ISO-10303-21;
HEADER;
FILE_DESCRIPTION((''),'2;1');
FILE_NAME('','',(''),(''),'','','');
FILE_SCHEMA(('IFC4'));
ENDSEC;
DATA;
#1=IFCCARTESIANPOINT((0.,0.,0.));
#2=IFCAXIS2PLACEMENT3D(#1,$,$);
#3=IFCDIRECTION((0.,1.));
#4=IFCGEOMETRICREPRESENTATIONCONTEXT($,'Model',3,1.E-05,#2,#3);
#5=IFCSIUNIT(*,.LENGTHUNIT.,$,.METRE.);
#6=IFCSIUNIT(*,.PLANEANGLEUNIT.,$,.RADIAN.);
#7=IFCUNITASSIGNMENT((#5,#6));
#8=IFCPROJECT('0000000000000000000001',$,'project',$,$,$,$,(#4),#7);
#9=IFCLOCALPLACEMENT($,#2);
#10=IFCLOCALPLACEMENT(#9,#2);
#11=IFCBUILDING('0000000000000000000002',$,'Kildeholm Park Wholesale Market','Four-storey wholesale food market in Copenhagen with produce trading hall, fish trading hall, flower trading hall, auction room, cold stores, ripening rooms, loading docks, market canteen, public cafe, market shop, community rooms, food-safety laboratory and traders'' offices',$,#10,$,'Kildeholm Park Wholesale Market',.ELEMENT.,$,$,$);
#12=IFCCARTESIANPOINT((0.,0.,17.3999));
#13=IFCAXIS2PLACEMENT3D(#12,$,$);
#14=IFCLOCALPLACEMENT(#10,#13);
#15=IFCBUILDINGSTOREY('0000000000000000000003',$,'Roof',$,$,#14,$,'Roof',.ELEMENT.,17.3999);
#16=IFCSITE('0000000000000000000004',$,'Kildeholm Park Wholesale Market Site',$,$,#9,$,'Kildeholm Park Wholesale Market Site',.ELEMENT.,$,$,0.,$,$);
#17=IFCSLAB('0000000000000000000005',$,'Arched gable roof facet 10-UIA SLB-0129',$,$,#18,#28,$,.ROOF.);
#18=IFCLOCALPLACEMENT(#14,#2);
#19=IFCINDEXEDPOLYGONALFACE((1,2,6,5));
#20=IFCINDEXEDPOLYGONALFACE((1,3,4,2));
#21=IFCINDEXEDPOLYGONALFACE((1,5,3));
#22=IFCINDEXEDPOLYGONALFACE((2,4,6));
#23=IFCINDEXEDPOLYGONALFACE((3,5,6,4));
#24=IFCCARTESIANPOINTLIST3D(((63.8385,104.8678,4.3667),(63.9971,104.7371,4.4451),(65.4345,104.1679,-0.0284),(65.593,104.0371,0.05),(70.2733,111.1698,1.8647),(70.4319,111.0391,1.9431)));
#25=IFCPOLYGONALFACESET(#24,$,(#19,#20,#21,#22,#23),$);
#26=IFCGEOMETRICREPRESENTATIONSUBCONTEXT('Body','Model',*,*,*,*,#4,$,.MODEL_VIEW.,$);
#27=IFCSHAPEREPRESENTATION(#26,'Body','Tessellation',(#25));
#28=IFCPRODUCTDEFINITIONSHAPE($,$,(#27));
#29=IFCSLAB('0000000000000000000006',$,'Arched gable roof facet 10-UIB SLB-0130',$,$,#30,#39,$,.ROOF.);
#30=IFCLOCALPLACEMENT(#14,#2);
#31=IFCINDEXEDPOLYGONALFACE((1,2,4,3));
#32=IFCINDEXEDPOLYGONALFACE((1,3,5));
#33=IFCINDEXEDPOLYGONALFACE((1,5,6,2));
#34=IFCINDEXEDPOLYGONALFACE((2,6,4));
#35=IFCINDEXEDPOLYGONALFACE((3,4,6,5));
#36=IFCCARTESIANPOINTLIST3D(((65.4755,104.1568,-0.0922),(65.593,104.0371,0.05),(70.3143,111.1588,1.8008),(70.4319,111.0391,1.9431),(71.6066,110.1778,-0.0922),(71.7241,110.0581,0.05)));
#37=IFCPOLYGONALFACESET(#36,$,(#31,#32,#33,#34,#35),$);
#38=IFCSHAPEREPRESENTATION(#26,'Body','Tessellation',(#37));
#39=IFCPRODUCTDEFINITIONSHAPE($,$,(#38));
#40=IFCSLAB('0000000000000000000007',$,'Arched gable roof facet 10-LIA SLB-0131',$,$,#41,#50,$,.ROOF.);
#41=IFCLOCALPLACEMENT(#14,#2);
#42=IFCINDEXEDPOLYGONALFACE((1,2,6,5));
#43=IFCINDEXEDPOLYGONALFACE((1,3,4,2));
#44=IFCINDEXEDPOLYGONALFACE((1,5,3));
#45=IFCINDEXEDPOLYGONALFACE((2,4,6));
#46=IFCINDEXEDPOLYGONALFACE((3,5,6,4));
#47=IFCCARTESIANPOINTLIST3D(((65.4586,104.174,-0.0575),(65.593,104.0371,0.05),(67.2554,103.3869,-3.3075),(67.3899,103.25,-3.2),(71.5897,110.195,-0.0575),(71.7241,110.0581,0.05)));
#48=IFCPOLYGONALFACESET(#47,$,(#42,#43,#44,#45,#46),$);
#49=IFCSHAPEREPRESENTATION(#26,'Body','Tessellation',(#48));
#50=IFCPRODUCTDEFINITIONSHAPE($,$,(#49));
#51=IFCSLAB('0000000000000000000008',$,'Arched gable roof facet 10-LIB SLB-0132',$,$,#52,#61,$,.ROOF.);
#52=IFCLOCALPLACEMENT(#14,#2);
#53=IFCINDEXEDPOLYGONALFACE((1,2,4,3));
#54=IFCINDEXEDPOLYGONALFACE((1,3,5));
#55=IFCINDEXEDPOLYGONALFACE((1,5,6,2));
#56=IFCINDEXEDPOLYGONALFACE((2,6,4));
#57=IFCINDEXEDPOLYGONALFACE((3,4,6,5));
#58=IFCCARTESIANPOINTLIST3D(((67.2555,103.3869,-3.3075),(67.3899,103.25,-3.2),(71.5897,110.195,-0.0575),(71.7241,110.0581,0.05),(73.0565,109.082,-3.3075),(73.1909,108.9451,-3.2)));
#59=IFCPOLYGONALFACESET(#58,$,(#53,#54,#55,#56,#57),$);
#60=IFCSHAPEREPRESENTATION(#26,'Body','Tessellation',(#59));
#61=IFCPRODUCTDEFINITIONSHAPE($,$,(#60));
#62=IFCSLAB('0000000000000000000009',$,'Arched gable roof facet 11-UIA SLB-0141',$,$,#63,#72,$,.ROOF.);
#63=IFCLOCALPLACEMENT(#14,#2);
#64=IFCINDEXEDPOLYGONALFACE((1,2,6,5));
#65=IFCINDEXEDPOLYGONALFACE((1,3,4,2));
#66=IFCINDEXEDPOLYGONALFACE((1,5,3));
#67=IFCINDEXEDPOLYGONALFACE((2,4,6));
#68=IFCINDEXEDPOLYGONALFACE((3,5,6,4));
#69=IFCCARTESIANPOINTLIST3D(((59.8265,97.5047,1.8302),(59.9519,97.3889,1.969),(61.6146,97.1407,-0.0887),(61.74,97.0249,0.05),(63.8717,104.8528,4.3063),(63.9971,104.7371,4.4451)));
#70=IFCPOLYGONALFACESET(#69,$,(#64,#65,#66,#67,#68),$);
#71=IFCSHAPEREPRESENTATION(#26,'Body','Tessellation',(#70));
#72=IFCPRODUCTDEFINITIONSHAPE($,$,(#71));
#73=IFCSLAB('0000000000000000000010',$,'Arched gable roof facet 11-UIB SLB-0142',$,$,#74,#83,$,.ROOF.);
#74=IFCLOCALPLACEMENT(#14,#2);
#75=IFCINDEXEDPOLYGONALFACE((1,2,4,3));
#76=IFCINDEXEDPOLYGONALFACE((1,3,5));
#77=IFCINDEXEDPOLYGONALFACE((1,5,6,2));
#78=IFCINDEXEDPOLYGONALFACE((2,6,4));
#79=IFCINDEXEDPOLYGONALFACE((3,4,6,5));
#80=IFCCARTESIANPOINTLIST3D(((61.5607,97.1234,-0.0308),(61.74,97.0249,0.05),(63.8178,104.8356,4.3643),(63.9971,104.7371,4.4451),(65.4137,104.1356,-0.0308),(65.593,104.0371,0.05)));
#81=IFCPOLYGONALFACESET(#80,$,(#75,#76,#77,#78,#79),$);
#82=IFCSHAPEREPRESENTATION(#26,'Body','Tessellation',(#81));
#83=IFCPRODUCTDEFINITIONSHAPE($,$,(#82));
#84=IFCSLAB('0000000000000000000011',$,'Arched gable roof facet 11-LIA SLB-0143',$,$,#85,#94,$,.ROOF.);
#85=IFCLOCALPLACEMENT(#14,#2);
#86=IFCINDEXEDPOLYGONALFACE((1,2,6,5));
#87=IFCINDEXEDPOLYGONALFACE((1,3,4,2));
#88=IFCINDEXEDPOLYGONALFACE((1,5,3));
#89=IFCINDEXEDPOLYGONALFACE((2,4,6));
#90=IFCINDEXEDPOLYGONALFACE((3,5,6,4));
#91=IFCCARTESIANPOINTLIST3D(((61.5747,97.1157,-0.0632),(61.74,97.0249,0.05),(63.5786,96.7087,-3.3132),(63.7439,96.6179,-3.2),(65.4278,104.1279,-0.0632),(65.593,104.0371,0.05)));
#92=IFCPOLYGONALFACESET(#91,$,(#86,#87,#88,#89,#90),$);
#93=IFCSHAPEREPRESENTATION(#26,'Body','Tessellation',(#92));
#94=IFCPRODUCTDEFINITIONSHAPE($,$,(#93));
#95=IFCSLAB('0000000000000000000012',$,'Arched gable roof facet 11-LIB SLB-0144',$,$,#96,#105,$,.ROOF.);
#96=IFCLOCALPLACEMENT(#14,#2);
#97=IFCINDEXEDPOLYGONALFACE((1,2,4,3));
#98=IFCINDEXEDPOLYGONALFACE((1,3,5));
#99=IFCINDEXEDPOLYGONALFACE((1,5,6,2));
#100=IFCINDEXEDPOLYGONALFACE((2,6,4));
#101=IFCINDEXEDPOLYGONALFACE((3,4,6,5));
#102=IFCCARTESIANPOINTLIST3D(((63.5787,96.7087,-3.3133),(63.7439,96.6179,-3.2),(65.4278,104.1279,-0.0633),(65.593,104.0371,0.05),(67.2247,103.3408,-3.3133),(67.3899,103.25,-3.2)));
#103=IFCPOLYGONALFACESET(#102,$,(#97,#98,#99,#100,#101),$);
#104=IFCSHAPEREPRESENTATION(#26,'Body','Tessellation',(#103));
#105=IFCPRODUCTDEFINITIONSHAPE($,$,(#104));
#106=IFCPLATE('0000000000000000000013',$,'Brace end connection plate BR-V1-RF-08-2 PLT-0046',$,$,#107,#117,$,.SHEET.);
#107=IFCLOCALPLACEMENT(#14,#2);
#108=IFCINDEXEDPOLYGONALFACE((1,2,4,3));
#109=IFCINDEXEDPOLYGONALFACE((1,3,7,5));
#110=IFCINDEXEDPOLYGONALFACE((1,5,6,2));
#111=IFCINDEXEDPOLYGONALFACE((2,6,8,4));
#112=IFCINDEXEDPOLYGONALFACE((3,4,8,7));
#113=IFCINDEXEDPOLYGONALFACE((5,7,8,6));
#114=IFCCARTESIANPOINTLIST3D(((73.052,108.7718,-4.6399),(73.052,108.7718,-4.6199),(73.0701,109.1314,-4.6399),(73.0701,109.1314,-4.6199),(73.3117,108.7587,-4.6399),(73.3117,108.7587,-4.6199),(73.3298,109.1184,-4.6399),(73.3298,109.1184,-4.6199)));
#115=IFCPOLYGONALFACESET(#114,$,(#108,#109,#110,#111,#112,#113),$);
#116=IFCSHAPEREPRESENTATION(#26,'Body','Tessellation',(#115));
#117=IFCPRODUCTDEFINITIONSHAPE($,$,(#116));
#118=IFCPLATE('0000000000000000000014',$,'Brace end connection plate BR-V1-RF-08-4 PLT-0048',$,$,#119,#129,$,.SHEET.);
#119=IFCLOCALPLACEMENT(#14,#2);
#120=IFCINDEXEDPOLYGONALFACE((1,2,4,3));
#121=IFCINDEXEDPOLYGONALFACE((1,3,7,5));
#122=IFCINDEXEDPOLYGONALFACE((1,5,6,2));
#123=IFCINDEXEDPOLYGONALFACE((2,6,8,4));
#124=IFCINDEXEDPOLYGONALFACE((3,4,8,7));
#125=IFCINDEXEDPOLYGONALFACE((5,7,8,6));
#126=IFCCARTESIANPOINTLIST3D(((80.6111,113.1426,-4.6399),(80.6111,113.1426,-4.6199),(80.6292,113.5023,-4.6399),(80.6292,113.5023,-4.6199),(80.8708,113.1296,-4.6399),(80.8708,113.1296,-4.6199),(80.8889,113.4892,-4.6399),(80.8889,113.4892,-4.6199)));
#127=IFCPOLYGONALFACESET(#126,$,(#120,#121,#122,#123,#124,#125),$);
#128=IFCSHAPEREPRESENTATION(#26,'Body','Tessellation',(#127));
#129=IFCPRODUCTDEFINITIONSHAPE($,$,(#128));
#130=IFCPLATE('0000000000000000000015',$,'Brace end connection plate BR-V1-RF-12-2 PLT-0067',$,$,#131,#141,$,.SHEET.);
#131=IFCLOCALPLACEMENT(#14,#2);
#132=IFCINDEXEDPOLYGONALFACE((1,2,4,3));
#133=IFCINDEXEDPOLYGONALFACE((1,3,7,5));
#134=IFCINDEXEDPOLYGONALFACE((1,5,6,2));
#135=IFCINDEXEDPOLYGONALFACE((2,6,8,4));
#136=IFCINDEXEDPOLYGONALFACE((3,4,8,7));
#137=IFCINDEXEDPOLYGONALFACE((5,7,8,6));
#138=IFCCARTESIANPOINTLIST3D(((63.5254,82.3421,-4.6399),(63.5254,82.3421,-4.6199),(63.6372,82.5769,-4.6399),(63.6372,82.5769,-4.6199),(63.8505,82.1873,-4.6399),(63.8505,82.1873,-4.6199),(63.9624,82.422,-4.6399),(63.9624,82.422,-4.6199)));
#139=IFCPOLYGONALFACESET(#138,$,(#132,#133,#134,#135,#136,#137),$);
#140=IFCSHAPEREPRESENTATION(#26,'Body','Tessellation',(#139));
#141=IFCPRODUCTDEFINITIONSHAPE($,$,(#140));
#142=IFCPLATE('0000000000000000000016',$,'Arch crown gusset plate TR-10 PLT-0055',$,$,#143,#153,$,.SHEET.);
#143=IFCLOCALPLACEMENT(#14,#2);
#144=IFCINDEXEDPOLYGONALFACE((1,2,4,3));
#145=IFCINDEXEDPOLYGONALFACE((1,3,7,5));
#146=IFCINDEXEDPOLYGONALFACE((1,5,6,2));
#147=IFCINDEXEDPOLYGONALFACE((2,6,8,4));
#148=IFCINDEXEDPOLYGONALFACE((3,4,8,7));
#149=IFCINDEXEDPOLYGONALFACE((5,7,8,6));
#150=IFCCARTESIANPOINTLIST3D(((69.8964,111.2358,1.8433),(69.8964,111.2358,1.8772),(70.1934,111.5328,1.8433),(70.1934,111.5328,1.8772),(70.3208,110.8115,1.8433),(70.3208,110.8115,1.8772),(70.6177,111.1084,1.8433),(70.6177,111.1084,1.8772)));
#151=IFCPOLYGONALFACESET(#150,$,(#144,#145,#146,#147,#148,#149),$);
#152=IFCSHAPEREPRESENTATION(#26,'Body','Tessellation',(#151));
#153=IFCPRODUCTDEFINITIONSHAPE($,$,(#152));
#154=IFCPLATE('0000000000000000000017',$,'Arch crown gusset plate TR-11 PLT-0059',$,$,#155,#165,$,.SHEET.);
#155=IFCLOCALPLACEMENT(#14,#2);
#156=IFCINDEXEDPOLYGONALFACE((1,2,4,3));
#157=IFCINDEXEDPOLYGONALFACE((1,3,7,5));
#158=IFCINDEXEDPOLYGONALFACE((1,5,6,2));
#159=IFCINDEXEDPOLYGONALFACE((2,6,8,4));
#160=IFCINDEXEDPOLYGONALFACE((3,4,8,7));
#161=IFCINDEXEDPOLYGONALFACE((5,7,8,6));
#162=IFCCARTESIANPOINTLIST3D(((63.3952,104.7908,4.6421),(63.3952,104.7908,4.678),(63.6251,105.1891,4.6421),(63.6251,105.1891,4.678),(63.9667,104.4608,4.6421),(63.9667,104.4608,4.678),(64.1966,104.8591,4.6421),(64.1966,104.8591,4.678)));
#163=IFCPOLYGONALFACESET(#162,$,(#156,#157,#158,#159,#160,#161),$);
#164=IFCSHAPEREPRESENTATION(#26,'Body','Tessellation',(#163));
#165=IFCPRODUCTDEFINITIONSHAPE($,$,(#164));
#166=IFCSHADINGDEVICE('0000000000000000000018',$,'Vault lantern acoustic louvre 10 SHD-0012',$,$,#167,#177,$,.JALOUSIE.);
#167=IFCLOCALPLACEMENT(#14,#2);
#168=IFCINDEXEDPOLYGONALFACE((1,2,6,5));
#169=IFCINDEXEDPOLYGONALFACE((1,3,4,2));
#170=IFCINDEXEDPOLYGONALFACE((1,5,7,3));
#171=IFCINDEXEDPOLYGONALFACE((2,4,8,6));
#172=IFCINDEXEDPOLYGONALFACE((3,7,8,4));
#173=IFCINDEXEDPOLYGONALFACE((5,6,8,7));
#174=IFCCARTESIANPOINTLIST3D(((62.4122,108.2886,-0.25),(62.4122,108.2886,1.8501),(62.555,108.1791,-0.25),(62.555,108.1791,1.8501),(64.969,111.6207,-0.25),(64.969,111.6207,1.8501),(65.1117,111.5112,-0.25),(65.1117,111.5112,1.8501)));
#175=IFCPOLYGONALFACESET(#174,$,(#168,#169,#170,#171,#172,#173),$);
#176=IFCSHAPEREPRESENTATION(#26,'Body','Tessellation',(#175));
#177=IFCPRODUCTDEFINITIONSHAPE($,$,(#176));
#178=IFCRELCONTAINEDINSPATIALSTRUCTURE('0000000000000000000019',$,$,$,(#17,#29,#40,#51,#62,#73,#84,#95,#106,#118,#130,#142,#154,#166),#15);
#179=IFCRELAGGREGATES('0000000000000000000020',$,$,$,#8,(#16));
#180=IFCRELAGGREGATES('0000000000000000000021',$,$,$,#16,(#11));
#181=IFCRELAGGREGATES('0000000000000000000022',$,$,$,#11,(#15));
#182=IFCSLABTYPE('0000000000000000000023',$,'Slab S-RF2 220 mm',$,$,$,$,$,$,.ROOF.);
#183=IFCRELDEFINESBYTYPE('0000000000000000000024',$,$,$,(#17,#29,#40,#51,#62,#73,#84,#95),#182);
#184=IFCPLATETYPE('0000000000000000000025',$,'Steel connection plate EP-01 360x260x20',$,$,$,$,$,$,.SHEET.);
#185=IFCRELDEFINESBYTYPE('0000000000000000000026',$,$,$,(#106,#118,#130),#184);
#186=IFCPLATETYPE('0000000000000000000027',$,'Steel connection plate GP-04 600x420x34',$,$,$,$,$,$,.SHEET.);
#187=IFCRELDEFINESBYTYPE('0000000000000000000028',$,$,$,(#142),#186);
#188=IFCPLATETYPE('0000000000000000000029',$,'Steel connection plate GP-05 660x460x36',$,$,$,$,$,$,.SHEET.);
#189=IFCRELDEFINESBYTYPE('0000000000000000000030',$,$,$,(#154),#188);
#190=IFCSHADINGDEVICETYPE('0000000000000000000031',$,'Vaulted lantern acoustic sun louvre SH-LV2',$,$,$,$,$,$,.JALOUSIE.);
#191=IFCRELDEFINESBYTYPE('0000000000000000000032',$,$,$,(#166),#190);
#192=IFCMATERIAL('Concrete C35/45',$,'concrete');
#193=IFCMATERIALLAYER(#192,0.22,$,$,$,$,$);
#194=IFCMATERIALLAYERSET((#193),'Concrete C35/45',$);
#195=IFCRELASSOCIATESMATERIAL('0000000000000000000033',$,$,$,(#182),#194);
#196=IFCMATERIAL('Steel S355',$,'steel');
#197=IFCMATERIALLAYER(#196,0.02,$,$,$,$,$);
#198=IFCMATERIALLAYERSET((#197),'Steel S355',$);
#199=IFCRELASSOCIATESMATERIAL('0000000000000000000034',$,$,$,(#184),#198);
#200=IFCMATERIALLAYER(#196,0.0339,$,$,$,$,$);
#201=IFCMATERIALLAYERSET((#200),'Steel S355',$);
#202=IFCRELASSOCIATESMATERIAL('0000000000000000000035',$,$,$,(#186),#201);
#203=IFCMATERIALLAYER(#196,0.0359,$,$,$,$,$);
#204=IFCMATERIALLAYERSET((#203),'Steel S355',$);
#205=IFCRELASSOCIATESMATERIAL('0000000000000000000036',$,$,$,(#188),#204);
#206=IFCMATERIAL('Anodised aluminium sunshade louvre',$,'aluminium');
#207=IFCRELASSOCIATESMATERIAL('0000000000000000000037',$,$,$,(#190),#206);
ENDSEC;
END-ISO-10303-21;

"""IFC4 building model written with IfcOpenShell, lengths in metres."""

from ifc_helpers import new_model, si_unit, direction, frame, origin, origin_2d, place, context, subcontext, project, spatial, polyline, rectangle, outline, extrude, material, layer, layer_set, type_object, element, save


model = new_model("IFC4")

# Units and contexts
model_context = context("Model", 3, precision=1e-05, world=origin(), true_north=direction((0.0, 1.0)))
body_context = subcontext(model_context, "Body", "Model", "MODEL_VIEW")
ifc_project = project(units=[si_unit("LENGTHUNIT", "METRE"), si_unit("PLANEANGLEUNIT", "RADIAN")], contexts=[model_context])

# Site, building, storey
site_placement = place(None, origin())
site = spatial("IfcSite", under=ifc_project, at=site_placement, Name="Kildeholm Park Wholesale Market Site", LongName="Kildeholm Park Wholesale Market Site", CompositionType="ELEMENT", RefElevation=0.0)
building_placement = place(site_placement, origin())
building = spatial("IfcBuilding", under=site, at=building_placement, Name="Kildeholm Park Wholesale Market", Description="Four-storey wholesale food market in Copenhagen with produce trading hall, fish trading hall, flower trading hall, auction room, cold stores, ripening rooms, loading docks, market canteen, public cafe, market shop, community rooms, food-safety laboratory and traders' offices", LongName="Kildeholm Park Wholesale Market", CompositionType="ELEMENT")
storey_placement = place(building_placement, frame((0.0, 0.0, 17.3999)))
storey = spatial("IfcBuildingStorey", under=building, at=storey_placement, Name="Roof", LongName="Roof", CompositionType="ELEMENT", Elevation=17.3999)

# Shared definitions
ifc_material_1 = material(Name="Steel S355", Category="steel")

# Slabs
ifc_material_2 = material(Name="Concrete C35/45", Category="concrete")
ifc_layer_1 = layer(ifc_material_2, 0.22)
ifc_layer_set_1 = layer_set([ifc_layer_1], Name="Concrete C35/45")
slab_type = type_object("IfcSlabType", Name="Slab S-RF2 220 mm", PredefinedType="ROOF", material=ifc_layer_set_1)
slab_1_placement = place(storey_placement, frame((70.4319, 111.0391, 1.9431), z_axis=(0.720798, -0.594487, 0.356419), x_axis=(-0.688376, -0.674168, 0.267651)))
element("IfcSlab", 1, at=slab_1_placement, inside=storey, type_object=slab_type, Name="Arched gable roof facet 10-UIA SLB-0129", PredefinedType="ROOF", context=body_context, shape_type="SweptSolid", body=[
    extrude(outline(polyline([(0.0, 0.0), (9.3478, 0.0), (7.5448, 4.3706), (0.0, 0.0)])), origin(), (0.0, 0.0, -1.0), 0.22),
])
slab_2_placement = place(storey_placement, frame((70.4319, 111.0391, 1.9431), z_axis=(0.534395, -0.544167, 0.646765), x_axis=(-0.554962, -0.803043, -0.217113)))
element("IfcSlab", 2, at=slab_2_placement, inside=storey, type_object=slab_type, Name="Arched gable roof facet 10-UIB SLB-0130", PredefinedType="ROOF", context=body_context, shape_type="SweptSolid", body=[
    extrude(outline(polyline([(0.0, 0.0), (8.7193, 0.0), (0.4816, 2.4462), (0.0, 0.0)])), origin(), (0.0, 0.0, -1.0), 0.22),
])
slab_3_placement = place(storey_placement, frame((71.7241, 110.0581, 0.05), z_axis=(0.611291, -0.62247, 0.488728), x_axis=(-0.713484, -0.700671, 0.0)))
element("IfcSlab", 3, at=slab_3_placement, inside=storey, type_object=slab_type, Name="Arched gable roof facet 10-LIA SLB-0131", PredefinedType="ROOF", context=body_context, shape_type="SweptSolid", body=[
    extrude(outline(polyline([(0.0, 0.0), (8.5932, 0.0), (7.8626, 3.7252), (0.0, 0.0)])), origin(), (0.0, 0.0, -1.0), 0.22),
])
slab_4_placement = place(storey_placement, frame((71.7241, 110.0581, 0.05), z_axis=(0.611095, -0.622465, 0.488978), x_axis=(-0.49816, -0.782498, -0.373543)))
element("IfcSlab", 4, at=slab_4_placement, inside=storey, type_object=slab_type, Name="Arched gable roof facet 10-LIB SLB-0132", PredefinedType="ROOF", context=body_context, shape_type="SweptSolid", body=[
    extrude(outline(polyline([(0.0, 0.0), (8.7005, 0.0), (1.3543, 3.4812), (0.0, 0.0)])), origin(), (0.0, 0.0, -1.0), 0.22),
])
slab_5_placement = place(storey_placement, frame((63.9971, 104.7371, 4.4451), z_axis=(0.569958, -0.526368, 0.63094), x_axis=(-0.462525, -0.840188, -0.283115)))
element("IfcSlab", 5, at=slab_5_placement, inside=storey, type_object=slab_type, Name="Arched gable roof facet 11-UIA SLB-0141", PredefinedType="ROOF", context=body_context, shape_type="SweptSolid", body=[
    extrude(outline(polyline([(0.0, 0.0), (8.7458, 0.0), (8.7679, 2.6479), (0.0, 0.0)])), origin(), (0.0, 0.0, -1.0), 0.22),
])
slab_6_placement = place(storey_placement, frame((63.9971, 104.7371, 4.4451), z_axis=(0.815141, -0.447899, 0.367331), x_axis=(-0.246432, -0.842027, -0.479856)))
element("IfcSlab", 6, at=slab_6_placement, inside=storey, type_object=slab_type, Name="Arched gable roof facet 11-UIB SLB-0142", PredefinedType="ROOF", context=body_context, shape_type="SweptSolid", body=[
    extrude(outline(polyline([(0.0, 0.0), (9.159, 0.0), (2.3051, 4.1279), (0.0, 0.0)])), origin(), (0.0, 0.0, -1.0), 0.22),
])
slab_7_placement = place(storey_placement, frame((65.593, 104.0371, 0.05), z_axis=(0.751288, -0.412813, 0.514929), x_axis=(-0.481565, -0.87641, 0.0)))
element("IfcSlab", 7, at=slab_7_placement, inside=storey, type_object=slab_type, Name="Arched gable roof facet 11-LIA SLB-0143", PredefinedType="ROOF", context=body_context, shape_type="SweptSolid", body=[
    extrude(outline(polyline([(0.0, 0.0), (8.0011, 0.0), (7.3927, 3.7913), (0.0, 0.0)])), origin(), (0.0, 0.0, -1.0), 0.22),
])
slab_8_placement = place(storey_placement, frame((65.593, 104.0371, 0.05), z_axis=(0.751039, -0.412885, 0.515234), x_axis=(-0.222566, -0.892996, -0.39118)))
element("IfcSlab", 8, at=slab_8_placement, inside=storey, type_object=slab_type, Name="Arched gable roof facet 11-LIB SLB-0144", PredefinedType="ROOF", context=body_context, shape_type="SweptSolid", body=[
    extrude(outline(polyline([(0.0, 0.0), (8.3082, 0.0), (1.5743, 3.4543), (0.0, 0.0)])), origin(), (0.0, 0.0, -1.0), 0.22),
])

# Plates
ifc_layer_2 = layer(ifc_material_1, 0.02)
ifc_layer_set_2 = layer_set([ifc_layer_2], Name="Steel S355")
plate_type_1 = type_object("IfcPlateType", Name="Steel connection plate EP-01 360x260x20", PredefinedType="SHEET", material=ifc_layer_set_2)
for number, where, z_axis, x_axis, name in (
    (9, (73.1909, 108.9451, -4.6399), (0.0, 0.0, 1.0), (-0.050244, -0.998737, 0.0), "Brace end connection plate BR-V1-RF-08-2 PLT-0046"),
    (10, (80.75, 113.3159, -4.6399), (0.0, 0.0, 1.0), (-0.050244, -0.998737, 0.0), "Brace end connection plate BR-V1-RF-08-4 PLT-0048"),
    (11, (63.7439, 82.3821, -4.6399), (0.0, 0.0, 1.0), (0.902811, -0.430038, 0.0), "Brace end connection plate BR-V1-RF-12-2 PLT-0067"),
):
    element("IfcPlate", number, at=place(storey_placement, frame(where, z_axis=z_axis, x_axis=x_axis)), inside=storey, type_object=plate_type_1, Name=name, PredefinedType="SHEET", context=body_context, shape_type="SweptSolid", body=[
        extrude(rectangle(XDim=0.3601, YDim=0.26, at=origin_2d()), origin(), (0.0, 0.0, 1.0), 0.02),
    ])
ifc_layer_3 = layer(ifc_material_1, 0.0339)
ifc_layer_set_3 = layer_set([ifc_layer_3], Name="Steel S355")
plate_type_2 = type_object("IfcPlateType", Name="Steel connection plate GP-04 600x420x34", PredefinedType="SHEET", material=ifc_layer_set_3)
plate_1_placement = place(storey_placement, frame((70.2571, 111.1721, 1.8433), z_axis=(0.0, 0.0, 1.0), x_axis=(-0.707107, 0.707107, 0.0)))
element("IfcPlate", 12, at=plate_1_placement, inside=storey, type_object=plate_type_2, Name="Arch crown gusset plate TR-10 PLT-0055", PredefinedType="SHEET", context=body_context, shape_type="SweptSolid", body=[
    extrude(rectangle(XDim=0.6001, YDim=0.4199, at=origin_2d()), origin(), (0.0, 0.0, 1.0), 0.0339),
])
ifc_layer_4 = layer(ifc_material_1, 0.0359)
ifc_layer_set_4 = layer_set([ifc_layer_4], Name="Steel S355")
plate_type_3 = type_object("IfcPlateType", Name="Steel connection plate GP-05 660x460x36", PredefinedType="SHEET", material=ifc_layer_set_4)
plate_2_placement = place(storey_placement, frame((63.7959, 104.825, 4.6421), z_axis=(0.0, 0.0, 1.0), x_axis=(-0.866025, 0.5, 0.0)))
element("IfcPlate", 13, at=plate_2_placement, inside=storey, type_object=plate_type_3, Name="Arch crown gusset plate TR-11 PLT-0059", PredefinedType="SHEET", context=body_context, shape_type="SweptSolid", body=[
    extrude(rectangle(XDim=0.6599, YDim=0.46, at=origin_2d()), origin(), (0.0, 0.0, 1.0), 0.0359),
])

# Shading device
ifc_material_3 = material(Name="Anodised aluminium sunshade louvre", Category="aluminium")
shading_device_type = type_object("IfcShadingDeviceType", Name="Vaulted lantern acoustic sun louvre SH-LV2", PredefinedType="JALOUSIE", material=ifc_material_3)
shading_device_placement = place(storey_placement, frame((63.762, 109.8999, -0.25), z_axis=(0.0, 0.0, 1.0), x_axis=(-0.608761, -0.793353, 0.0)))
element("IfcShadingDevice", 14, at=shading_device_placement, inside=storey, type_object=shading_device_type, Name="Vault lantern acoustic louvre 10 SHD-0012", PredefinedType="JALOUSIE", context=body_context, shape_type="SweptSolid", body=[
    extrude(rectangle(XDim=4.2, YDim=0.1799, at=origin_2d()), origin(), (0.0, 0.0, 1.0), 2.1001),
])

save(model, "model.ifc")
